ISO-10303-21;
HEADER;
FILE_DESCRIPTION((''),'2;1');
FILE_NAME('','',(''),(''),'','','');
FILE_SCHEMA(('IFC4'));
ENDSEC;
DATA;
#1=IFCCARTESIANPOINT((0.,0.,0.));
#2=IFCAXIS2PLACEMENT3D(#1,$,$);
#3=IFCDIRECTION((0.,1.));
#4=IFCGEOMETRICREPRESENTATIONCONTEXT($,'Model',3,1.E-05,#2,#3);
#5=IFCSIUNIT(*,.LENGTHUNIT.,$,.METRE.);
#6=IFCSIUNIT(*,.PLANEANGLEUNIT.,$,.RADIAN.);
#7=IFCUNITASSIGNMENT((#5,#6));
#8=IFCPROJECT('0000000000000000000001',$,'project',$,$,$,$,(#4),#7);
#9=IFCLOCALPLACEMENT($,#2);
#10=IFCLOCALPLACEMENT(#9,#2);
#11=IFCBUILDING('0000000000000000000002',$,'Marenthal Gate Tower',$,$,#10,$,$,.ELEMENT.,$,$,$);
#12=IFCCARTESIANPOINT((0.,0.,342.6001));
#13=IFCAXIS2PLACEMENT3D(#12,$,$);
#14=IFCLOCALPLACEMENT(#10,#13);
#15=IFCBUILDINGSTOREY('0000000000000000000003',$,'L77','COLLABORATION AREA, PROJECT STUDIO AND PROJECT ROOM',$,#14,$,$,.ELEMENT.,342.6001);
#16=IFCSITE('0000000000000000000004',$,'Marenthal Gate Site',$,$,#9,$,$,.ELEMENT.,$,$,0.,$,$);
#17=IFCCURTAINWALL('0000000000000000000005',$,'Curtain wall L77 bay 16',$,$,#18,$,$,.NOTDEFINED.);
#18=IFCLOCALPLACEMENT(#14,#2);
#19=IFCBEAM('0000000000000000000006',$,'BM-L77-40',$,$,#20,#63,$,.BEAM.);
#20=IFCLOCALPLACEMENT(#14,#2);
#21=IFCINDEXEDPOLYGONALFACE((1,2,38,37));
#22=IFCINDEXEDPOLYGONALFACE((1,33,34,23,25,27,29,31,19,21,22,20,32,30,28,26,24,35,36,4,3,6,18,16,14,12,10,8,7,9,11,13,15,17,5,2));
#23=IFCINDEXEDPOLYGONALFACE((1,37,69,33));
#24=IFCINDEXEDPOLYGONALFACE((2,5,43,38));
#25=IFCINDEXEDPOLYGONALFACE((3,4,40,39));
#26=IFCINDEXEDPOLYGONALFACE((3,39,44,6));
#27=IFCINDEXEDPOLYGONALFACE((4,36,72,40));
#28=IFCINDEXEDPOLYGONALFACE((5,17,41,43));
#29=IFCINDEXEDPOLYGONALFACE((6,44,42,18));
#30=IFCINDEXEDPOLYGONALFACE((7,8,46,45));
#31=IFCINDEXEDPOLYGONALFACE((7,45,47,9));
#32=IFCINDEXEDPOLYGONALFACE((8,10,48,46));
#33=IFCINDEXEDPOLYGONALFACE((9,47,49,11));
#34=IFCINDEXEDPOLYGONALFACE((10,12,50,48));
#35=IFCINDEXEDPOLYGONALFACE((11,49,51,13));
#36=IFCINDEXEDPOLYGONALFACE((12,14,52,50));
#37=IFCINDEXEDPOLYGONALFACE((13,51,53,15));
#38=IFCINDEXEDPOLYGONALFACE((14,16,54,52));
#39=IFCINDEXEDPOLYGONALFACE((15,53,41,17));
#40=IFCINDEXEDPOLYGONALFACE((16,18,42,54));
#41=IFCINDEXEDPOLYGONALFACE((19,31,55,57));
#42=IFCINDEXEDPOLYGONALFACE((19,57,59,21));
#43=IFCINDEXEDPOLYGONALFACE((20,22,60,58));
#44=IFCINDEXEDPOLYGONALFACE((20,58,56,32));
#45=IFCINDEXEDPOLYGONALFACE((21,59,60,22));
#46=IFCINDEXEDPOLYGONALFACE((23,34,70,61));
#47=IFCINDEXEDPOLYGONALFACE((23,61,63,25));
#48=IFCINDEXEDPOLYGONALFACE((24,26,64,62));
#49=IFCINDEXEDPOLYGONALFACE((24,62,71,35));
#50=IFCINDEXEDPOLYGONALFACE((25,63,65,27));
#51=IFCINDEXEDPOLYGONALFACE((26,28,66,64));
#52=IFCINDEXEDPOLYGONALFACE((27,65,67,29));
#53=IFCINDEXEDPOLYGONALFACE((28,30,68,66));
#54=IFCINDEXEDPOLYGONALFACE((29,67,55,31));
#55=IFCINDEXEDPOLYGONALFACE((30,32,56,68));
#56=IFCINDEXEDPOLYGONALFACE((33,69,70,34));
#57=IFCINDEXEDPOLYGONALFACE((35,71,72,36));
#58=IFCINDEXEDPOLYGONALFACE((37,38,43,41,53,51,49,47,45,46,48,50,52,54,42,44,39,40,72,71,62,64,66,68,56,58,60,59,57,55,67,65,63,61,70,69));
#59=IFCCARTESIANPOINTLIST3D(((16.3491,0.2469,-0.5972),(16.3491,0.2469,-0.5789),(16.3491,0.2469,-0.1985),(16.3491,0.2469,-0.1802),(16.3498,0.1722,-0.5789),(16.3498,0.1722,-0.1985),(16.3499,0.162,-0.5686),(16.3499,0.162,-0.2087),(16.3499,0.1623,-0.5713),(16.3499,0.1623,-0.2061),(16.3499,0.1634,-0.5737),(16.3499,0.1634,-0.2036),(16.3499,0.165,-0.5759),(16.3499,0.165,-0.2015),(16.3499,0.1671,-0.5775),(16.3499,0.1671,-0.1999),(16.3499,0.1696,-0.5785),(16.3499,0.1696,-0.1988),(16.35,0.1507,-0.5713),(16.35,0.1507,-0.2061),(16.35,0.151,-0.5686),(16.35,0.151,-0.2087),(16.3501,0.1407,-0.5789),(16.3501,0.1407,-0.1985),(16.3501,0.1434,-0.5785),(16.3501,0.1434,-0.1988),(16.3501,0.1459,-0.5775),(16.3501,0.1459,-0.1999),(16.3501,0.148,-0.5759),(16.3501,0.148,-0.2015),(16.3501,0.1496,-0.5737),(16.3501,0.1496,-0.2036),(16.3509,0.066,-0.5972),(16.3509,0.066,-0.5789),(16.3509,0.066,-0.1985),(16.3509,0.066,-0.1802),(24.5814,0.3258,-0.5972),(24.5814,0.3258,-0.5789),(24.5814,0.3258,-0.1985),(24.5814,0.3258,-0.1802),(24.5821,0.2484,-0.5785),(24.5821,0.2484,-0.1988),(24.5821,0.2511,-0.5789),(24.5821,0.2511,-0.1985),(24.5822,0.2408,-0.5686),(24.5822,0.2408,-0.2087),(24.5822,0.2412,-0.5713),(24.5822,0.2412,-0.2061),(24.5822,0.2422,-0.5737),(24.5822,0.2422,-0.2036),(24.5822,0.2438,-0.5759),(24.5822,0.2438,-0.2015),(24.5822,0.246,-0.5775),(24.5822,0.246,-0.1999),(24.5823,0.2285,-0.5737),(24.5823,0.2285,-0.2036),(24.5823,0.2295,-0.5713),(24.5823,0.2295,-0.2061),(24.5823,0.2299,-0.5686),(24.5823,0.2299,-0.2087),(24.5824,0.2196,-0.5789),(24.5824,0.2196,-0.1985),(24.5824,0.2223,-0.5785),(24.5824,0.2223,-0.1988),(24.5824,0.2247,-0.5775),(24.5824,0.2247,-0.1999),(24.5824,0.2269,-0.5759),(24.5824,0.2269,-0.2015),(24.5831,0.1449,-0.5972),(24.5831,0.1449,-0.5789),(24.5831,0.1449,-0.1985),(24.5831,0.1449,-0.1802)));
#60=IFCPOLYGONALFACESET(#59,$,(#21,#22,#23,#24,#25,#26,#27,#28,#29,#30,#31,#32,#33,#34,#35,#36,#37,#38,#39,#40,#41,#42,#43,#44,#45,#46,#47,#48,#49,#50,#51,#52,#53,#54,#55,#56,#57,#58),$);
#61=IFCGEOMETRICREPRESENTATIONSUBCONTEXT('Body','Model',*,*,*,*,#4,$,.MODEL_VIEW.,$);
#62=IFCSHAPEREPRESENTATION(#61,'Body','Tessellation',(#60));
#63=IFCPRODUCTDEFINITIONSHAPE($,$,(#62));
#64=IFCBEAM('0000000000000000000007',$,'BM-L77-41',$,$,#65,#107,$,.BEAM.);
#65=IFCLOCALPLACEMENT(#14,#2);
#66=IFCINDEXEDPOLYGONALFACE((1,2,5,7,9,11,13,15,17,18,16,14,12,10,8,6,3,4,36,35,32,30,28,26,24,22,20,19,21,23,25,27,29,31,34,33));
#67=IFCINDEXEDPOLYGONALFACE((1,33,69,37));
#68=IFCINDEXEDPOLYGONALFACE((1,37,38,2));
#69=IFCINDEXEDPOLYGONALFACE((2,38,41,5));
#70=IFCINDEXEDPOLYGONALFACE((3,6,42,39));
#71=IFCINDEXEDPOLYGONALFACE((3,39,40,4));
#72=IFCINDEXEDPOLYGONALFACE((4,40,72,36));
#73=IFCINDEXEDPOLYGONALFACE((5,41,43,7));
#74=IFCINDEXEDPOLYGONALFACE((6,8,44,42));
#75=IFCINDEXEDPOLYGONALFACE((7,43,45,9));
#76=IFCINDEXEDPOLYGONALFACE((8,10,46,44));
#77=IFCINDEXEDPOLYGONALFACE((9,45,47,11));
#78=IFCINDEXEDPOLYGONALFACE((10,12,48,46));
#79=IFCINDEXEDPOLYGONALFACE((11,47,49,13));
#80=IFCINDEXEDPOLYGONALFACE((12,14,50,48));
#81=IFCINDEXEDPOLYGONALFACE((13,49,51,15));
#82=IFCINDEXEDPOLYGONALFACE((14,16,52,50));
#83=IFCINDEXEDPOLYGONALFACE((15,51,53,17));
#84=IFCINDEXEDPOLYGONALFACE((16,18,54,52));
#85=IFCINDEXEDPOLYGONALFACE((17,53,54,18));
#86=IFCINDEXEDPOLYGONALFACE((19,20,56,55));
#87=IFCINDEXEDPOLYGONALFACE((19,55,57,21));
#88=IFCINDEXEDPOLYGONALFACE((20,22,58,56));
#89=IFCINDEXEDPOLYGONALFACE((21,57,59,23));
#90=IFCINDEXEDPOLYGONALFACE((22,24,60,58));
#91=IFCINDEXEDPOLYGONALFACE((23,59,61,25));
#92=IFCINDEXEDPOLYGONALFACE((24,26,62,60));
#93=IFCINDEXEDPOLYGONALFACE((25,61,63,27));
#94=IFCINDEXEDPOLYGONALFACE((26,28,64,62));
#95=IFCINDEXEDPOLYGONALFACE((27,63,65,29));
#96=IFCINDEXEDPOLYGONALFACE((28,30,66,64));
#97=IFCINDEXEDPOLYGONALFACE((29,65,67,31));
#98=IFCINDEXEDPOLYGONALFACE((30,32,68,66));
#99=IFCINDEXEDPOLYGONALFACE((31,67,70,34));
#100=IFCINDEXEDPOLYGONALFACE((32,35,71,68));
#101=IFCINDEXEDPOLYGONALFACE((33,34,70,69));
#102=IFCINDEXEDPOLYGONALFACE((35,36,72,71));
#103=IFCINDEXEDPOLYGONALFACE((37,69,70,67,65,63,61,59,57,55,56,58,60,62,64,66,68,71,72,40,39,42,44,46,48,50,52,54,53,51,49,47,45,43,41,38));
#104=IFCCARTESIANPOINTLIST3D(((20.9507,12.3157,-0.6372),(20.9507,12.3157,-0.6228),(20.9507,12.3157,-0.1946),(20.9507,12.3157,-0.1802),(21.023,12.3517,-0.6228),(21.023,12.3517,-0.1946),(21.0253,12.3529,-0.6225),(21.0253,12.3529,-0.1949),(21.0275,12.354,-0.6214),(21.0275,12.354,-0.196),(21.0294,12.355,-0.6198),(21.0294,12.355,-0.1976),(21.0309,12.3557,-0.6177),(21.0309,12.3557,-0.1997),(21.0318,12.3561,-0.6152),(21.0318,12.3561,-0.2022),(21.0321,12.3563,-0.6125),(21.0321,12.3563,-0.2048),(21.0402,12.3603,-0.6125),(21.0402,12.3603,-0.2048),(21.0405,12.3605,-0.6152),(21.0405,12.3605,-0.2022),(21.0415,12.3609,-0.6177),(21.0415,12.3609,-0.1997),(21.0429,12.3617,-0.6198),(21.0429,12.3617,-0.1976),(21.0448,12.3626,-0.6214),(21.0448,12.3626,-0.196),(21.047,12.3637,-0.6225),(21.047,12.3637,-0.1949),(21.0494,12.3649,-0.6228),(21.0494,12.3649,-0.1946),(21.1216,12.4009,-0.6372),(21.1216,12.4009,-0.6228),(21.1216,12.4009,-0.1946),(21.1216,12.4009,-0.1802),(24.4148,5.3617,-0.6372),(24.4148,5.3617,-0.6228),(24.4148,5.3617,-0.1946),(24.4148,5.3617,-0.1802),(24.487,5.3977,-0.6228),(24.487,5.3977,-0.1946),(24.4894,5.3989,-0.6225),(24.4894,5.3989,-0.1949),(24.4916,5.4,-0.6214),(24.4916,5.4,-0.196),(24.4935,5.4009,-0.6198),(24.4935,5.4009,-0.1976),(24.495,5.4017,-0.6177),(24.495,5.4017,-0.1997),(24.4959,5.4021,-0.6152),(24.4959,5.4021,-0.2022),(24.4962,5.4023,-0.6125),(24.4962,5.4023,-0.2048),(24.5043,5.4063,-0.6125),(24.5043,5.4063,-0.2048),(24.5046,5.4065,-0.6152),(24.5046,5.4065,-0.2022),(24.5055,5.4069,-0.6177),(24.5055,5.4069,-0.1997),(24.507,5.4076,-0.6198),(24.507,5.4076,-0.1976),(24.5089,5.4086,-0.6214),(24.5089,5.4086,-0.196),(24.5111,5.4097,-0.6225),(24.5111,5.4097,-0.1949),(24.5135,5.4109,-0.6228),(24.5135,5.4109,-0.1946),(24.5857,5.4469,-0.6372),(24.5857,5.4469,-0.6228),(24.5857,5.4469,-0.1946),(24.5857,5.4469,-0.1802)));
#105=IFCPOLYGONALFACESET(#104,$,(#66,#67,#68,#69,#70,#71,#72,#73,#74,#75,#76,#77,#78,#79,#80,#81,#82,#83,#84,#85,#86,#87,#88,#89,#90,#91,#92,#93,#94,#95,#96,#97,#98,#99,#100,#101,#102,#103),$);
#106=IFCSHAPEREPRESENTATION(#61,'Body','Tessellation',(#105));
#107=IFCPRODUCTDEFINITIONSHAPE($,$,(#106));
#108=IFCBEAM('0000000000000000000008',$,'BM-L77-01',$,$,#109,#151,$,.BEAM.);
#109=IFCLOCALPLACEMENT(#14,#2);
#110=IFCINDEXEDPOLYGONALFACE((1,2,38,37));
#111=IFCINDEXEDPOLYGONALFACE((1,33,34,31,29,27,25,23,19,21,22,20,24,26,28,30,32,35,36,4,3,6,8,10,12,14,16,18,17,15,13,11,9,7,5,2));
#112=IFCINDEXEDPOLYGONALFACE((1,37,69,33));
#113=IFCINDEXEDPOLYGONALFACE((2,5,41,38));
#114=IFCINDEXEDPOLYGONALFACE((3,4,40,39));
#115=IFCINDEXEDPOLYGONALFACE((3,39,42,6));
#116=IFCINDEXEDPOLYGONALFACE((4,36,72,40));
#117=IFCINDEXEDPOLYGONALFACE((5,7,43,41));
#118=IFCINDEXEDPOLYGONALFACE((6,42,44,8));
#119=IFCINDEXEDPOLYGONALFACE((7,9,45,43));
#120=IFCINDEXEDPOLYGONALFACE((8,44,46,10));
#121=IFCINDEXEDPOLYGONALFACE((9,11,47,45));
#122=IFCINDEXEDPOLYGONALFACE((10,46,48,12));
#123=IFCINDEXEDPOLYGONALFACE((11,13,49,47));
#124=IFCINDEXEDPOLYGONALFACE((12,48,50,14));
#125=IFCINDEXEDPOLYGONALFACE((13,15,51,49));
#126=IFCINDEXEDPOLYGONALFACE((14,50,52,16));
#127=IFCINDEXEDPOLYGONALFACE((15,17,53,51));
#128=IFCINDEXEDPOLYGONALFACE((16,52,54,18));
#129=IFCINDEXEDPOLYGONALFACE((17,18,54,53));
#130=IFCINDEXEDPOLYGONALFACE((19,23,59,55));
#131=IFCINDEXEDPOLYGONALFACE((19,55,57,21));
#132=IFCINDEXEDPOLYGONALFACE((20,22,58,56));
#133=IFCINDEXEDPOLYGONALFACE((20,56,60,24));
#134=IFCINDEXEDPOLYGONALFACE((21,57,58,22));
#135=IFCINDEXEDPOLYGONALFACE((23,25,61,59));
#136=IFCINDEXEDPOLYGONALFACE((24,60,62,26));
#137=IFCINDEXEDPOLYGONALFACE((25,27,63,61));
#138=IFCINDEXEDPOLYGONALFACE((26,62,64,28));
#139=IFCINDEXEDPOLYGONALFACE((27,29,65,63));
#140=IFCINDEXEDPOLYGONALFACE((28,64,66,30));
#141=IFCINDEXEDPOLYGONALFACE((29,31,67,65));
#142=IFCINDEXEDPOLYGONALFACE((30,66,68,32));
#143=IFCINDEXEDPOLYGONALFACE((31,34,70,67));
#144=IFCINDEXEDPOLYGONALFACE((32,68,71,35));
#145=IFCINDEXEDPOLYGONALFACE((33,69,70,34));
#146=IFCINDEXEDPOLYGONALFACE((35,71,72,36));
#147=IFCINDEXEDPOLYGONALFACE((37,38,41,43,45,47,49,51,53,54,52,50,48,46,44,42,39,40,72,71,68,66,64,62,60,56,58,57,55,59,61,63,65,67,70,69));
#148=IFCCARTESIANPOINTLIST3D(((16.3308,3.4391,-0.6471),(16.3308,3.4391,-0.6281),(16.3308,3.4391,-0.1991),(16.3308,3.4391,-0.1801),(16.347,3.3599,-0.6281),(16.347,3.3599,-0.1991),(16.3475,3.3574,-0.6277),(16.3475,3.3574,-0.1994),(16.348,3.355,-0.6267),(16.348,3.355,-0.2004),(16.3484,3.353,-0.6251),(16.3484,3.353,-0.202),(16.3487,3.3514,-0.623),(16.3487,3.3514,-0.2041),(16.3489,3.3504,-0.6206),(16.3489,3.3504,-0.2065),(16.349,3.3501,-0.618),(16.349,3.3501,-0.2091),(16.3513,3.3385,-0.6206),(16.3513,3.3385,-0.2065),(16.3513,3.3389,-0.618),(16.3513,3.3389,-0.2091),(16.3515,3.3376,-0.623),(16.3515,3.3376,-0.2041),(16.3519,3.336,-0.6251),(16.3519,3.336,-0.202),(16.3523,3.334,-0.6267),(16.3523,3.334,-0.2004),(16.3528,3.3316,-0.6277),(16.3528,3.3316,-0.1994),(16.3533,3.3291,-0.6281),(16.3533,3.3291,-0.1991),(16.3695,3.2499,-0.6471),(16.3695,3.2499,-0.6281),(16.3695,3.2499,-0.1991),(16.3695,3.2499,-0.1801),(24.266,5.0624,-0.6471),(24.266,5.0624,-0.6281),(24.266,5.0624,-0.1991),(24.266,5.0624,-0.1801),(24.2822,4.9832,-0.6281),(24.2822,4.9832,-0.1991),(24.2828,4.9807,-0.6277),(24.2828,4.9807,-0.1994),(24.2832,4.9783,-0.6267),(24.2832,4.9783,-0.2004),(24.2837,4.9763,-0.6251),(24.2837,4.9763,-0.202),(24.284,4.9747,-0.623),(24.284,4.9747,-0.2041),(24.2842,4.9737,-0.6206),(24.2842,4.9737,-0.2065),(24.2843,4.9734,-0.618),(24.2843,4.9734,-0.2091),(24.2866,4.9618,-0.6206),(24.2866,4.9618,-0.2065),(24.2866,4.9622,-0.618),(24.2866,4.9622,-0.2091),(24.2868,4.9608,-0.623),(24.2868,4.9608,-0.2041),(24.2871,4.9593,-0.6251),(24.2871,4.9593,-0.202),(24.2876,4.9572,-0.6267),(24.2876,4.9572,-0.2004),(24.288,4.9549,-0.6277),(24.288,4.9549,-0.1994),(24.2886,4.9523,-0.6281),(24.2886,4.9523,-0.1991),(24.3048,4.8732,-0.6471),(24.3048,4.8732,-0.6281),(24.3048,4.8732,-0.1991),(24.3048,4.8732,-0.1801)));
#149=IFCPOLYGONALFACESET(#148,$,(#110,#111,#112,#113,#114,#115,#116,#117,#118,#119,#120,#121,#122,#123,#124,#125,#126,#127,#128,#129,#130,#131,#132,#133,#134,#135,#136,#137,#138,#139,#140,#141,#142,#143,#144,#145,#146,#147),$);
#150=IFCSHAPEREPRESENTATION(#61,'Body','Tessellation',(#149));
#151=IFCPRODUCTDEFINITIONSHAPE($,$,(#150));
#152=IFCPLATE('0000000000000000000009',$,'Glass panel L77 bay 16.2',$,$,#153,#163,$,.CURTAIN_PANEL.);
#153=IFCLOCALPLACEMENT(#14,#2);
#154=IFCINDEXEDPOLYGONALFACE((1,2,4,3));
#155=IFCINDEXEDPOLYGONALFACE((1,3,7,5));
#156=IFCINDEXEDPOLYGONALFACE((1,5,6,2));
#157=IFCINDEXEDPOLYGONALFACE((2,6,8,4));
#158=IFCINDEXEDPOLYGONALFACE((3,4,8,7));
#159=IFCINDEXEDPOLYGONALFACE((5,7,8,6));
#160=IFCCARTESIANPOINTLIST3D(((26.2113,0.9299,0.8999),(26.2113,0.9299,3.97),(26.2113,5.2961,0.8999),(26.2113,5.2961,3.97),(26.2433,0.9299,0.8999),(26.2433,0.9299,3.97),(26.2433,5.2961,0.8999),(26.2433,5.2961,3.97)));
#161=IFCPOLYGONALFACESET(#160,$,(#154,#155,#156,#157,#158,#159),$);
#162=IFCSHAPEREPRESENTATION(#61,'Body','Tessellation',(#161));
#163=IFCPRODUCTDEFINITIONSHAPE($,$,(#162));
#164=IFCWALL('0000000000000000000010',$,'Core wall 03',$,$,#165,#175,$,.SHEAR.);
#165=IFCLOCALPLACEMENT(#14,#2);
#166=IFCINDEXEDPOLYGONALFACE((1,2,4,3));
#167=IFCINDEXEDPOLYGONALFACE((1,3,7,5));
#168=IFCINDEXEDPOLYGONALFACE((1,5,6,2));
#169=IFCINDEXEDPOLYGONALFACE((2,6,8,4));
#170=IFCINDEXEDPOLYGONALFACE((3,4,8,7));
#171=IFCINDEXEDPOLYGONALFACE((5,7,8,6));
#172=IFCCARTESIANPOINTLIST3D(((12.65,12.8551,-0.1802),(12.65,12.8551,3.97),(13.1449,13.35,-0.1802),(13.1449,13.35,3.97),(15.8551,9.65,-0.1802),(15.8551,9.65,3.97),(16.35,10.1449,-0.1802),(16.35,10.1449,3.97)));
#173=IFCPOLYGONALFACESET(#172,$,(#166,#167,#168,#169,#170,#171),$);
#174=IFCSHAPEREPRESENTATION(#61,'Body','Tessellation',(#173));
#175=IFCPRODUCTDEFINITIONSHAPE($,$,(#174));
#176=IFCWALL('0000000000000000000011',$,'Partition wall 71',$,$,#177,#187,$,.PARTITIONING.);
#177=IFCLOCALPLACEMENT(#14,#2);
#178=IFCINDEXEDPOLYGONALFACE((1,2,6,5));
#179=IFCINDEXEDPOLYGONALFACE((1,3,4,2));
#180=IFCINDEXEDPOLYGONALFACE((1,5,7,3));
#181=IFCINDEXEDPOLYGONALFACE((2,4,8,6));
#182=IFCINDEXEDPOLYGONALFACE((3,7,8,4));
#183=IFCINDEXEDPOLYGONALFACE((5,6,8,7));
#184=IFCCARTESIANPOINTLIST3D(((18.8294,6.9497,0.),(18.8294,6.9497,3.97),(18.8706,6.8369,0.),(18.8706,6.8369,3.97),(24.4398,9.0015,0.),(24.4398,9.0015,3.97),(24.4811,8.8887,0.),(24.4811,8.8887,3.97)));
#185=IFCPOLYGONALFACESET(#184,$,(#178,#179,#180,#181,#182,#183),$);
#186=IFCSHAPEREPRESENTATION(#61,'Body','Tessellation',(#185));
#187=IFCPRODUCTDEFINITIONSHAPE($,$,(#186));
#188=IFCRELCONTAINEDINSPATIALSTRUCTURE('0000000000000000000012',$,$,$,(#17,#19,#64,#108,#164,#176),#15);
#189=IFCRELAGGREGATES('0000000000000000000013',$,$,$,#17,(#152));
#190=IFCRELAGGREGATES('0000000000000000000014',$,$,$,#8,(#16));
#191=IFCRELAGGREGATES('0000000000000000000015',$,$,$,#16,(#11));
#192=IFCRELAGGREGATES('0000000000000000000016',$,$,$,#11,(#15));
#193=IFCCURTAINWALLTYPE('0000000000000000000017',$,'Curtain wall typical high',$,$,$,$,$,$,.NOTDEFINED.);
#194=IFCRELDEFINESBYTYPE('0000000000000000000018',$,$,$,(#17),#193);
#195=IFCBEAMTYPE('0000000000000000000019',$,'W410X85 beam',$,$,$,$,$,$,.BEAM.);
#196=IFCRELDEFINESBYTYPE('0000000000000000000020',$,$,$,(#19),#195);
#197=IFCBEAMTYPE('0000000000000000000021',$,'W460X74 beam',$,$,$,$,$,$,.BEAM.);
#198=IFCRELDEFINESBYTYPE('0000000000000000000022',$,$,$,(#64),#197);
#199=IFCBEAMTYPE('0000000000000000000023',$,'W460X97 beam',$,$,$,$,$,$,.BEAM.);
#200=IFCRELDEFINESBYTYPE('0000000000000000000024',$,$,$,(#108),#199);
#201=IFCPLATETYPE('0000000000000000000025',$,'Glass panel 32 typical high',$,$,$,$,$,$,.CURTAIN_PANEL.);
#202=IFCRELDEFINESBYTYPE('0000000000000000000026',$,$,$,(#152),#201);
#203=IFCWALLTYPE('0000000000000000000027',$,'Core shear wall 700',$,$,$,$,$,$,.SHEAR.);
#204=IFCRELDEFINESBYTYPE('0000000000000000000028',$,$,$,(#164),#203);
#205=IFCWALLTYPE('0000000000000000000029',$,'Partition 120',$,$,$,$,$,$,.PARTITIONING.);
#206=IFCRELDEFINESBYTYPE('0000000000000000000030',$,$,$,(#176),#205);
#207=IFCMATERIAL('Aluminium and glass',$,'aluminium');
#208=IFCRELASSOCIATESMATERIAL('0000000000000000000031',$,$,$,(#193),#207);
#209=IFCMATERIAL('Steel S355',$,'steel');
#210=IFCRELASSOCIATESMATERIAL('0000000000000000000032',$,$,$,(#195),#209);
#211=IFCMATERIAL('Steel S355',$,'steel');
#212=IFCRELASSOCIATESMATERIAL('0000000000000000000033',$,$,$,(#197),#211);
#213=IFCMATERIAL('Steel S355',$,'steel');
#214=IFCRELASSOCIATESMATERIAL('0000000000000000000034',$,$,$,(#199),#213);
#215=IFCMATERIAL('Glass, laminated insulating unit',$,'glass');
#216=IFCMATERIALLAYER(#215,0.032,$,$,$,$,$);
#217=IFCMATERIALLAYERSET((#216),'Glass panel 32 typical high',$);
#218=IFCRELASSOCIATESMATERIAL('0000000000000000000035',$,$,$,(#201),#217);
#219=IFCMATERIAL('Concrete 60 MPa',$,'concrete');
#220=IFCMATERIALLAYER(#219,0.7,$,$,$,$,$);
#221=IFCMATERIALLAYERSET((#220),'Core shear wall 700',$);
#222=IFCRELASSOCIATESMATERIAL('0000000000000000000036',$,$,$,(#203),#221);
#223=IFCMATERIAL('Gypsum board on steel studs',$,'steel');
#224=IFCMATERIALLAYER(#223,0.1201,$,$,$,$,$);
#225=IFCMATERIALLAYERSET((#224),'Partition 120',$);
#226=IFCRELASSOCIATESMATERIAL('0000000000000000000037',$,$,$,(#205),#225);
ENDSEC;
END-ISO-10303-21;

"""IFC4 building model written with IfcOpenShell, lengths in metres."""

from ifc_helpers import new_model, si_unit, direction, frame, frame_2d, origin, origin_2d, place, context, subcontext, project, spatial, rectangle, i_section, extrude, material, layer, layer_set, material_profile, profile_set, type_object, element, aggregate, save


model = new_model("IFC4")

# Units and contexts
model_context = context("Model", 3, precision=1e-05, world=origin(), true_north=direction((0.0, 1.0)))
body_context = subcontext(model_context, "Body", "Model", "MODEL_VIEW")
ifc_project = project(units=[si_unit("LENGTHUNIT", "METRE"), si_unit("PLANEANGLEUNIT", "RADIAN")], contexts=[model_context])

# Site, building, storey
site_placement = place(None, origin())
site = spatial("IfcSite", under=ifc_project, at=site_placement, Name="Marenthal Gate Site", CompositionType="ELEMENT", RefElevation=0.0)
building_placement = place(site_placement, origin())
building = spatial("IfcBuilding", under=site, at=building_placement, Name="Marenthal Gate Tower", CompositionType="ELEMENT")
storey_placement = place(building_placement, frame((0.0, 0.0, 342.6001)))
storey = spatial("IfcBuildingStorey", under=building, at=storey_placement, Name="L77", Description="COLLABORATION AREA, PROJECT STUDIO AND PROJECT ROOM", CompositionType="ELEMENT", Elevation=342.6001)

# Curtain wall
ifc_material_1 = material(Name="Aluminium and glass", Category="aluminium")
curtain_wall_type = type_object("IfcCurtainWallType", Name="Curtain wall typical high", PredefinedType="NOTDEFINED", material=ifc_material_1)
curtain_wall_placement = place(storey_placement, origin())
curtain_wall = element("IfcCurtainWall", 1, at=curtain_wall_placement, inside=storey, type_object=curtain_wall_type, Name="Curtain wall L77 bay 16", PredefinedType="NOTDEFINED")

# Beams
ifc_material_2 = material(Name="Steel S355", Category="steel")
ifc_material_profile_1 = material_profile(ifc_material_2, i_section(OverallWidth=0.1809, OverallDepth=0.417, WebThickness=0.011, FlangeThickness=0.0183, FilletRadius=0.0103, at=origin_2d()), Name="W410X85")
ifc_profile_set_1 = profile_set([ifc_material_profile_1], Name="Steel S355")
beam_type_1 = type_object("IfcBeamType", Name="W410X85 beam", PredefinedType="BEAM", material=ifc_profile_set_1)
beam_1_placement = place(storey_placement, frame((24.5823, 0.2354, -0.3887), z_axis=(-0.999954, -0.009579, 0.0), x_axis=(0.009579, -0.999954, 0.0)))
element("IfcBeam", 2, at=beam_1_placement, inside=storey, type_object=beam_type_1, Name="BM-L77-40", PredefinedType="BEAM", context=body_context, shape_type="SweptSolid", body=[
    extrude(i_section(OverallWidth=0.1809, OverallDepth=0.417, WebThickness=0.011, FlangeThickness=0.0183, FilletRadius=0.0103, at=origin_2d()), origin(), (0.0, 0.0, 1.0), 8.2327),
])
ifc_material_3 = material(Name="Steel S355", Category="steel")
ifc_material_profile_2 = material_profile(ifc_material_3, i_section(OverallWidth=0.1909, OverallDepth=0.457, WebThickness=0.009, FlangeThickness=0.0144, FilletRadius=0.0103, at=origin_2d()), Name="W460X74")
ifc_profile_set_2 = profile_set([ifc_material_profile_2], Name="Steel S355")
beam_type_2 = type_object("IfcBeamType", Name="W460X74 beam", PredefinedType="BEAM", material=ifc_profile_set_2)
beam_2_placement = place(storey_placement, frame((24.5002, 5.4043, -0.4087), z_axis=(-0.445881, 0.895092, 0.0), x_axis=(-0.895092, -0.445881, 0.0)))
element("IfcBeam", 3, at=beam_2_placement, inside=storey, type_object=beam_type_2, Name="BM-L77-41", PredefinedType="BEAM", context=body_context, shape_type="SweptSolid", body=[
    extrude(i_section(OverallWidth=0.1909, OverallDepth=0.457, WebThickness=0.009, FlangeThickness=0.0144, FilletRadius=0.0103, at=origin_2d()), origin(), (0.0, 0.0, 1.0), 7.769),
])
ifc_material_4 = material(Name="Steel S355", Category="steel")
ifc_material_profile_3 = material_profile(ifc_material_4, i_section(OverallWidth=0.1931, OverallDepth=0.467, WebThickness=0.0115, FlangeThickness=0.019, FilletRadius=0.01, at=origin_2d()), Name="W460X97")
ifc_profile_set_3 = profile_set([ifc_material_profile_3], Name="Steel S355")
beam_type_3 = type_object("IfcBeamType", Name="W460X97 beam", PredefinedType="BEAM", material=ifc_profile_set_3)
beam_3_placement = place(storey_placement, frame((24.2854, 4.9678, -0.4136), z_axis=(-0.979711, -0.200415, 0.0), x_axis=(0.200415, -0.979711, 0.0)))
element("IfcBeam", 4, at=beam_3_placement, inside=storey, type_object=beam_type_3, Name="BM-L77-01", PredefinedType="BEAM", context=body_context, shape_type="SweptSolid", body=[
    extrude(i_section(OverallWidth=0.1931, OverallDepth=0.467, WebThickness=0.0115, FlangeThickness=0.019, FilletRadius=0.01, at=origin_2d()), origin(), (0.0, 0.0, 1.0), 8.0996),
])

# Plate
ifc_material_5 = material(Name="Glass, laminated insulating unit", Category="glass")
ifc_layer_1 = layer(ifc_material_5, 0.032)
ifc_layer_set_1 = layer_set([ifc_layer_1], Name="Glass panel 32 typical high")
plate_type = type_object("IfcPlateType", Name="Glass panel 32 typical high", PredefinedType="CURTAIN_PANEL", material=ifc_layer_set_1)
plate_placement = place(storey_placement, frame((26.2273, 3.113, 0.8999), z_axis=(0.0, 0.0, 1.0), x_axis=(0.0, 1.0, 0.0)))
plate = element("IfcPlate", 5, at=plate_placement, type_object=plate_type, Name="Glass panel L77 bay 16.2", PredefinedType="CURTAIN_PANEL", context=body_context, shape_type="SweptSolid", body=[
    extrude(rectangle(XDim=4.3662, YDim=0.032, at=origin_2d()), origin(), (0.0, 0.0, 1.0), 3.0701),
])
aggregate(curtain_wall, [plate])

# Walls
ifc_material_6 = material(Name="Concrete 60 MPa", Category="concrete")
ifc_layer_2 = layer(ifc_material_6, 0.7)
ifc_layer_set_2 = layer_set([ifc_layer_2], Name="Core shear wall 700")
wall_type_1 = type_object("IfcWallType", Name="Core shear wall 700", PredefinedType="SHEAR", material=ifc_layer_set_2)
wall_1_placement = place(storey_placement, frame((16.1025, 9.8975, -0.1802), z_axis=(0.0, 0.0, 1.0), x_axis=(-0.707107, 0.707107, 0.0)))
element("IfcWall", 6, at=wall_1_placement, inside=storey, type_object=wall_type_1, Name="Core wall 03", PredefinedType="SHEAR", context=body_context, shape_type="SweptSolid", body=[
    extrude(rectangle(XDim=4.5327, YDim=0.7, at=frame_2d((2.2664, 0.0))), origin(), (0.0, 0.0, 1.0), 4.1501),
])
ifc_material_7 = material(Name="Gypsum board on steel studs", Category="steel")
ifc_layer_3 = layer(ifc_material_7, 0.1201)
ifc_layer_set_3 = layer_set([ifc_layer_3], Name="Partition 120")
wall_type_2 = type_object("IfcWallType", Name="Partition 120", PredefinedType="PARTITIONING", material=ifc_layer_set_3)
wall_2_placement = place(storey_placement, frame((18.8501, 6.8933, 0.0), z_axis=(0.0, 0.0, 1.0), x_axis=(0.939167, 0.343462, 0.0)))
element("IfcWall", 7, at=wall_2_placement, inside=storey, type_object=wall_type_2, Name="Partition wall 71", PredefinedType="PARTITIONING", context=body_context, shape_type="SweptSolid", body=[
    extrude(rectangle(XDim=5.9739, YDim=0.1201, at=frame_2d((2.9868, 0.0))), origin(), (0.0, 0.0, 1.0), 3.97),
])

save(model, "model.ifc")
